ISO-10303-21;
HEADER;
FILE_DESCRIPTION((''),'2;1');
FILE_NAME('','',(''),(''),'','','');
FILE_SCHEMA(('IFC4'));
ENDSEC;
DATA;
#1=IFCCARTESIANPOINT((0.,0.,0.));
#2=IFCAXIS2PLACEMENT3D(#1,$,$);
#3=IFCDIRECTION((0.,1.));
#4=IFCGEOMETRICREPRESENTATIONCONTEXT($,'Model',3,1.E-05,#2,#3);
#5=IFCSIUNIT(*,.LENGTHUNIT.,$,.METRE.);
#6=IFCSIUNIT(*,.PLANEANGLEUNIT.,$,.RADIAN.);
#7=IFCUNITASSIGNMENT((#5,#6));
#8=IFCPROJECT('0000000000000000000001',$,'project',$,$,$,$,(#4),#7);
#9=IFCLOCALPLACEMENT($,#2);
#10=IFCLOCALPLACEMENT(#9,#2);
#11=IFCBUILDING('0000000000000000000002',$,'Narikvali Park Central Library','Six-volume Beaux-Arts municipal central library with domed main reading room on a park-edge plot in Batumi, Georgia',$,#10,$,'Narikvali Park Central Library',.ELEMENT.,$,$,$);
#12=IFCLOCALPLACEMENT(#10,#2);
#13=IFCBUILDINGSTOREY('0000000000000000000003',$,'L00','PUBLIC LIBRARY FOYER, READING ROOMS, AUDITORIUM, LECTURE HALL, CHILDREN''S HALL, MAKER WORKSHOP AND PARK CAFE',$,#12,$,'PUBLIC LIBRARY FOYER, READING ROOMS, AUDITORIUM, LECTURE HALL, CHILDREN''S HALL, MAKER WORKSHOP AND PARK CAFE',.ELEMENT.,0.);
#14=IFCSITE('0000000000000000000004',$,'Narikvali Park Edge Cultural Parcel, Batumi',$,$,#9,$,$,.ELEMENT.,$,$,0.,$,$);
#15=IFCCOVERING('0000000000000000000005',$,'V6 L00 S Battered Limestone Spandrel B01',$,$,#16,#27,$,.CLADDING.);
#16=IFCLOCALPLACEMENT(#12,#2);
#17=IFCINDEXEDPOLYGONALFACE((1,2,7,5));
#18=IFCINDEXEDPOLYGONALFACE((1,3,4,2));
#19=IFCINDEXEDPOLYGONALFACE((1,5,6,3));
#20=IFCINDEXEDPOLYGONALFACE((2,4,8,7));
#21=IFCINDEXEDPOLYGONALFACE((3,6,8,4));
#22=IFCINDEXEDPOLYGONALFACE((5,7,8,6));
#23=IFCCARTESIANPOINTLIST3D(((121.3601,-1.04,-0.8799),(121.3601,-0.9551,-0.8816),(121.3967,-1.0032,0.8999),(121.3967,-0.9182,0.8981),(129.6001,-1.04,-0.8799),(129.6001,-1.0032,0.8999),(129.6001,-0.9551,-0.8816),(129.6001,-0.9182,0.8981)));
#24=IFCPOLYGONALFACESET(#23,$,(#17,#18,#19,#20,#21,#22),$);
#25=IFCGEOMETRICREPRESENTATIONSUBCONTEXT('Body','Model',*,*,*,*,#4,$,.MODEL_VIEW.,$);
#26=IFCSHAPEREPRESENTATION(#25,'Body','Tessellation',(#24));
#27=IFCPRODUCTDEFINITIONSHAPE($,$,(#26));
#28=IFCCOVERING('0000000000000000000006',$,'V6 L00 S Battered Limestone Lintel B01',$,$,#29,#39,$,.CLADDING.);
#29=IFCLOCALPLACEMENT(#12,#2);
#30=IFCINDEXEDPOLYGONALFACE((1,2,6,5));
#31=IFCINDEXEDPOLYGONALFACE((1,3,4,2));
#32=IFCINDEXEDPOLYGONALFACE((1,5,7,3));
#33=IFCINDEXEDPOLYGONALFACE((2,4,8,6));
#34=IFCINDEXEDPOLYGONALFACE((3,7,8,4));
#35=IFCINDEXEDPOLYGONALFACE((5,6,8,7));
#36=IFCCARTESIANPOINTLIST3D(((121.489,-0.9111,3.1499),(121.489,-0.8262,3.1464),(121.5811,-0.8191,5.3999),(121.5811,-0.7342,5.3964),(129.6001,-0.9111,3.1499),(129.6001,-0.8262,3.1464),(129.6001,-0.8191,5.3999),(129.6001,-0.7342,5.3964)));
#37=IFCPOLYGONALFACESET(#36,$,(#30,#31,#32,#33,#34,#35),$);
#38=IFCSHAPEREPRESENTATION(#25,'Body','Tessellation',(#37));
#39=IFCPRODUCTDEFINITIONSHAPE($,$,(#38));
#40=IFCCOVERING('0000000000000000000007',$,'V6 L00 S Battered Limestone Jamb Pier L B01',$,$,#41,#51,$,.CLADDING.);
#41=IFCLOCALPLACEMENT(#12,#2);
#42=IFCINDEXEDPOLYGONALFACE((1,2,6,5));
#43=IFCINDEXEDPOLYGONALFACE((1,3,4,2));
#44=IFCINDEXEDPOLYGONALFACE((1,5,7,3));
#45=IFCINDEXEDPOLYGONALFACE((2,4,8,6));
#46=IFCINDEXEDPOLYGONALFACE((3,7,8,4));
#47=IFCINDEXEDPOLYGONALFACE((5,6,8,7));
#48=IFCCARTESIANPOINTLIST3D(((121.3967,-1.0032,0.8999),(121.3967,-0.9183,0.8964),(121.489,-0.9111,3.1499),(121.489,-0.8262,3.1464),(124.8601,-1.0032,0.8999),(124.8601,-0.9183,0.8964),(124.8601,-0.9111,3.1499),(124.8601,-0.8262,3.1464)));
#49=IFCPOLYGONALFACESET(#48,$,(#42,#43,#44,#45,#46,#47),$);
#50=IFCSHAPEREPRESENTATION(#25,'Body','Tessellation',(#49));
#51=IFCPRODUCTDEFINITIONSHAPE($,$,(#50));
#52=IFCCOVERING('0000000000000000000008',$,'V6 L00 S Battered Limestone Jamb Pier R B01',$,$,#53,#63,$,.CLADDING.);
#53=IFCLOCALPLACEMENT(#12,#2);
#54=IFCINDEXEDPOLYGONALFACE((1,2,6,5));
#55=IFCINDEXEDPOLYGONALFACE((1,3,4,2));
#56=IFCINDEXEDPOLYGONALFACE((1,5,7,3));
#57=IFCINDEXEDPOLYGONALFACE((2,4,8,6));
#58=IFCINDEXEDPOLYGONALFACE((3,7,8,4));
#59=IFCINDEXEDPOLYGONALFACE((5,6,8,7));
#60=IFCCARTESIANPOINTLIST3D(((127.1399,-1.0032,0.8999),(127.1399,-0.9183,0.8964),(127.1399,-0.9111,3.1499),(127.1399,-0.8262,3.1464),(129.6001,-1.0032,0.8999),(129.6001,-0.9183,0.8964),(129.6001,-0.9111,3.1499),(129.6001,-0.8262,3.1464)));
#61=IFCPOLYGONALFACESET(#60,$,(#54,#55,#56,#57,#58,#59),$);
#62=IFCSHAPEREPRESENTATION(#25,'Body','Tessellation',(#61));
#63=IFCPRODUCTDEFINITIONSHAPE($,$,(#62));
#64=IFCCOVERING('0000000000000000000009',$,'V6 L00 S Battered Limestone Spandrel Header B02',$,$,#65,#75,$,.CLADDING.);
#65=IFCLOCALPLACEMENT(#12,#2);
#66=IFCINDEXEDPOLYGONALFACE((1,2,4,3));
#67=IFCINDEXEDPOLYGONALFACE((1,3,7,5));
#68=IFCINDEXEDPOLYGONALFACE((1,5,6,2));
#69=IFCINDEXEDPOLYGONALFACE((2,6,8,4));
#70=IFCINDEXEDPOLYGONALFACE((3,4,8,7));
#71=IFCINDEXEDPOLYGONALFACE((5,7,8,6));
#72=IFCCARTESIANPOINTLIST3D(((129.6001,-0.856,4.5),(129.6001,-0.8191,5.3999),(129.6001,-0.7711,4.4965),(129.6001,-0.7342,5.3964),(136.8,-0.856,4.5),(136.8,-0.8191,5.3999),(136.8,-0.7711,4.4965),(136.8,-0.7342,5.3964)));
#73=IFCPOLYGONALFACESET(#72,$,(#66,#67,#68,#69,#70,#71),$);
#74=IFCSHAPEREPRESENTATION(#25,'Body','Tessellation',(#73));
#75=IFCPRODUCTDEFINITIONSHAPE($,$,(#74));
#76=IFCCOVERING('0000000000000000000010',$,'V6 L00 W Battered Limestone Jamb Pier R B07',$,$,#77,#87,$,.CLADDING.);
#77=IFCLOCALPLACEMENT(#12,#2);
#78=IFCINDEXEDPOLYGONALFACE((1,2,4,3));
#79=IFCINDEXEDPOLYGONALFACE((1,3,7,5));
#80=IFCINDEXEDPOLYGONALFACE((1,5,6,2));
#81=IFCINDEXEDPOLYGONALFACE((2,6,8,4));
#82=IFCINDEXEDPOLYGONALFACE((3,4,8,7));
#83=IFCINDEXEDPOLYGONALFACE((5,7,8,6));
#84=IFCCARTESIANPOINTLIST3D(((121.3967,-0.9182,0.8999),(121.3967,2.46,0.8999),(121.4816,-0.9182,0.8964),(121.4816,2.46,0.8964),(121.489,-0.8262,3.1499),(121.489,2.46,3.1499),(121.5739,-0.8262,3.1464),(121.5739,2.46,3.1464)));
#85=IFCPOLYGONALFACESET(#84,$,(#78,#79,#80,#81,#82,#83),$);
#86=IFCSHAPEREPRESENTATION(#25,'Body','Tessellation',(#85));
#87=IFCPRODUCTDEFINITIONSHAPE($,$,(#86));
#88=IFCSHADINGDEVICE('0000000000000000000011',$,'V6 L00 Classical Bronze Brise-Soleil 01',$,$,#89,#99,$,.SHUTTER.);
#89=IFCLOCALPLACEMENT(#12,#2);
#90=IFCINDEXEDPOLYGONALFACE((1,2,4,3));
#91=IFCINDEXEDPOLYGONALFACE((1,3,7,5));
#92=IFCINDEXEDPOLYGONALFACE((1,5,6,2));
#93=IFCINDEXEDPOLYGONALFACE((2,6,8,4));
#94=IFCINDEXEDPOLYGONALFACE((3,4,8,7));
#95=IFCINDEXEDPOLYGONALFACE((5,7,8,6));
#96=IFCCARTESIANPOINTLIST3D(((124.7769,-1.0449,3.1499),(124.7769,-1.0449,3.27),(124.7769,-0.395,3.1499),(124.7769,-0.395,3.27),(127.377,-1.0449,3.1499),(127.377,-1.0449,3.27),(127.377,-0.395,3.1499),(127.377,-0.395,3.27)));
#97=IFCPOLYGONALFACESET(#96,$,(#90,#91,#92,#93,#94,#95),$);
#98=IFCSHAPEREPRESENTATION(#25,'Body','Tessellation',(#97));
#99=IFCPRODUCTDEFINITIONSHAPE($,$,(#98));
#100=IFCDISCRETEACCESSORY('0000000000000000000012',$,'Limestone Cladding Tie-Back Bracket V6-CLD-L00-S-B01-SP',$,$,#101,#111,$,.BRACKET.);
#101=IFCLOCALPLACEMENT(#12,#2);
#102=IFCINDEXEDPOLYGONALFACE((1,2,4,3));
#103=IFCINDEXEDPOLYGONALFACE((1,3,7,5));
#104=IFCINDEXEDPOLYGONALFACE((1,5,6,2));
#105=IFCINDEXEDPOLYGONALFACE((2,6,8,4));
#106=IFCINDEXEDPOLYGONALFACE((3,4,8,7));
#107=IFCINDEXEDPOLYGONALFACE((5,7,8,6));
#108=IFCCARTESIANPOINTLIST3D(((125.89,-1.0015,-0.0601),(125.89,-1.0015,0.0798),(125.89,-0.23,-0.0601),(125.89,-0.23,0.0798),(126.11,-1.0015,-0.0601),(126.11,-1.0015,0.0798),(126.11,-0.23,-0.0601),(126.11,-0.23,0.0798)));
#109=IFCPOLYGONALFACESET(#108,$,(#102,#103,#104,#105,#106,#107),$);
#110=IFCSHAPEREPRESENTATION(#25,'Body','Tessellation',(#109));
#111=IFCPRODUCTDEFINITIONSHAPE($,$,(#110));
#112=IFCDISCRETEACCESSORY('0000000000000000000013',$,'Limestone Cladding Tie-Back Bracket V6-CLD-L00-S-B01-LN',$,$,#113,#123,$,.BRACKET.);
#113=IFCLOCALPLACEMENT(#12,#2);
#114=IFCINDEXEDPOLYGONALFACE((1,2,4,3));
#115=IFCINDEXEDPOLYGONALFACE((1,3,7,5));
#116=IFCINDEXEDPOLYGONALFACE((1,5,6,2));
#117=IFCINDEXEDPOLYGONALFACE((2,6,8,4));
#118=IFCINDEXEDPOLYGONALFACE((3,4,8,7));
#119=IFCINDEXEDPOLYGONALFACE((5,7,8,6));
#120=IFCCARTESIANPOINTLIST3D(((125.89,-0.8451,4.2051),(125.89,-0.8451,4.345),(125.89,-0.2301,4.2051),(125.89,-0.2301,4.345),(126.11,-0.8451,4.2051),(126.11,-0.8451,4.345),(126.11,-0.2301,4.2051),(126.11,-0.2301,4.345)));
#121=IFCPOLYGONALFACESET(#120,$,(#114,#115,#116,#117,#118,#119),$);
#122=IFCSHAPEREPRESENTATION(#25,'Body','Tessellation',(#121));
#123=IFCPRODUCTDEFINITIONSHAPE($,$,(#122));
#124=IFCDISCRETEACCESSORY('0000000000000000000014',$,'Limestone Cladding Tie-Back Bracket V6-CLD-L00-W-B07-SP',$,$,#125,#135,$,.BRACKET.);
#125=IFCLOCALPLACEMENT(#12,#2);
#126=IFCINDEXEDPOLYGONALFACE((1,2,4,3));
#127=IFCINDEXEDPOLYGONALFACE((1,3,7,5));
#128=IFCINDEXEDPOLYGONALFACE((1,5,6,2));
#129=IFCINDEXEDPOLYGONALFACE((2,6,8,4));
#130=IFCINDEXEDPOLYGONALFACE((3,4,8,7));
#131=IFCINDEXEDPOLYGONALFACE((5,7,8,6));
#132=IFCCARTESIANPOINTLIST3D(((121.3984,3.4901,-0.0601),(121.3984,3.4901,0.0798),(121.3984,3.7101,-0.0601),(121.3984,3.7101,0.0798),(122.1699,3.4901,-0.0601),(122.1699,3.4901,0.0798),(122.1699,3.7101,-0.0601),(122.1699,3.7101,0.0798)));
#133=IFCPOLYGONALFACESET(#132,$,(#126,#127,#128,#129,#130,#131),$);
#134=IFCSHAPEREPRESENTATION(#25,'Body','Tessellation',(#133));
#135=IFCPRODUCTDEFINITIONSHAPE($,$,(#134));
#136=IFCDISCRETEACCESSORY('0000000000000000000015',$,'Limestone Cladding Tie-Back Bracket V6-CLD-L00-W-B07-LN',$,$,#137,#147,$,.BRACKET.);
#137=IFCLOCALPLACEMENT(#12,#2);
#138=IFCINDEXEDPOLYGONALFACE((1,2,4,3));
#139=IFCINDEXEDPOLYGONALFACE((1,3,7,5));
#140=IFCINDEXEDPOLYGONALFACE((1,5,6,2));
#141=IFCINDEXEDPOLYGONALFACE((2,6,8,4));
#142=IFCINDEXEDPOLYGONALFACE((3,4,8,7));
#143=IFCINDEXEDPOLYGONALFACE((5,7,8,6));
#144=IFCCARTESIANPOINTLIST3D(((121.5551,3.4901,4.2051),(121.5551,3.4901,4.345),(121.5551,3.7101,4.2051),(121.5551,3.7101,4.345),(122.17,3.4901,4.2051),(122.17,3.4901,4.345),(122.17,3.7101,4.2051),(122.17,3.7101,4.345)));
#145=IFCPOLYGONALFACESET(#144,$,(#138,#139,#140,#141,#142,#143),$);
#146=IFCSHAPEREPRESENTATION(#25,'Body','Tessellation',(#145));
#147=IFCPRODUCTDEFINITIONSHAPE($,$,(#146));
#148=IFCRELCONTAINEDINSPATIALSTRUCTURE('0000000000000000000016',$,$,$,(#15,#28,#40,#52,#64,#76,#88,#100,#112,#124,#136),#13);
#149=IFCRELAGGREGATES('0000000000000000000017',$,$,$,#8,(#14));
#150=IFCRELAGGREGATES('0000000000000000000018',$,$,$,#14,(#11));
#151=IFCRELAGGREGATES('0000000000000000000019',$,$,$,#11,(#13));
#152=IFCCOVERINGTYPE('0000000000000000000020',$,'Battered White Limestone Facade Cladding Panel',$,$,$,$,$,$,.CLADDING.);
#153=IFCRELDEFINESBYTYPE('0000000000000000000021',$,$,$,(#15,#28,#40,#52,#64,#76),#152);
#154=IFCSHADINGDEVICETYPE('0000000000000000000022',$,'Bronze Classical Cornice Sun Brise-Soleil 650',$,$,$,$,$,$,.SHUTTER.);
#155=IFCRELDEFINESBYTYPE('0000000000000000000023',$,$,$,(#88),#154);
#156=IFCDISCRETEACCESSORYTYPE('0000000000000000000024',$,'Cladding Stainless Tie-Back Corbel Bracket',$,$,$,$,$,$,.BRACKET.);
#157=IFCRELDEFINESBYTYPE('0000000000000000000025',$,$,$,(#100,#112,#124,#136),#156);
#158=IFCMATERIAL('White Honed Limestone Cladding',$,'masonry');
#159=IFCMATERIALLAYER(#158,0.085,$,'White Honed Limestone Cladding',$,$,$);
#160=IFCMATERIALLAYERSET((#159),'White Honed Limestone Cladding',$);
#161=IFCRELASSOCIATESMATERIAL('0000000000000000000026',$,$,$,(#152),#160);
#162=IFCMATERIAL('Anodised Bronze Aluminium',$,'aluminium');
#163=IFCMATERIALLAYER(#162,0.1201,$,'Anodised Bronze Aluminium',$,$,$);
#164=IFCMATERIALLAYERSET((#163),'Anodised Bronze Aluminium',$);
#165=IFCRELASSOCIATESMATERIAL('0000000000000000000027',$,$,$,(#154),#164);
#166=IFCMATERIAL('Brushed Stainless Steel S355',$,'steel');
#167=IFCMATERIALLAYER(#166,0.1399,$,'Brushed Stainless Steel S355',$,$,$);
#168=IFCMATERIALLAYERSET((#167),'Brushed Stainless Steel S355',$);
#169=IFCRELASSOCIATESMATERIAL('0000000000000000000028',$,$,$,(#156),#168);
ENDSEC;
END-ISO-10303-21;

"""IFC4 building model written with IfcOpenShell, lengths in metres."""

from ifc_helpers import new_model, si_unit, direction, frame, origin, origin_2d, place, context, subcontext, project, spatial, polyline, rectangle, outline, extrude, material, layer, layer_set, type_object, element, save


model = new_model("IFC4")

# Units and contexts
model_context = context("Model", 3, precision=1e-05, world=origin(), true_north=direction((0.0, 1.0)))
body_context = subcontext(model_context, "Body", "Model", "MODEL_VIEW")
ifc_project = project(units=[si_unit("LENGTHUNIT", "METRE"), si_unit("PLANEANGLEUNIT", "RADIAN")], contexts=[model_context])

# Site, building, storey
site_placement = place(None, origin())
site = spatial("IfcSite", under=ifc_project, at=site_placement, Name="Narikvali Park Edge Cultural Parcel, Batumi", CompositionType="ELEMENT", RefElevation=0.0)
building_placement = place(site_placement, origin())
building = spatial("IfcBuilding", under=site, at=building_placement, Name="Narikvali Park Central Library", Description="Six-volume Beaux-Arts municipal central library with domed main reading room on a park-edge plot in Batumi, Georgia", LongName="Narikvali Park Central Library", CompositionType="ELEMENT")
storey_placement = place(building_placement, origin())
storey = spatial("IfcBuildingStorey", under=building, at=storey_placement, Name="L00", Description="PUBLIC LIBRARY FOYER, READING ROOMS, AUDITORIUM, LECTURE HALL, CHILDREN'S HALL, MAKER WORKSHOP AND PARK CAFE", LongName="PUBLIC LIBRARY FOYER, READING ROOMS, AUDITORIUM, LECTURE HALL, CHILDREN'S HALL, MAKER WORKSHOP AND PARK CAFE", CompositionType="ELEMENT", Elevation=0.0)

# Shared definitions
ifc_material_1 = material(Name="Anodised Bronze Aluminium", Category="aluminium")

# Coverings
ifc_material_2 = material(Name="White Honed Limestone Cladding", Category="masonry")
ifc_layer_1 = layer(ifc_material_2, 0.085, Name="White Honed Limestone Cladding")
ifc_layer_set_1 = layer_set([ifc_layer_1], Name="White Honed Limestone Cladding")
covering_type = type_object("IfcCoveringType", Name="Battered White Limestone Facade Cladding Panel", PredefinedType="CLADDING", material=ifc_layer_set_1)
covering_1_placement = place(storey_placement, frame((121.3601, -1.04, -0.8799), z_axis=(0.0, -0.999786, 0.020709), x_axis=(1.0, 0.0, 0.0)))
element("IfcCovering", 1, at=covering_1_placement, inside=storey, type_object=covering_type, Name="V6 L00 S Battered Limestone Spandrel B01", PredefinedType="CLADDING", context=body_context, shape_type="SweptSolid", body=[
    extrude(outline(polyline([(0.0, 0.0), (8.24, 0.0), (8.24, 1.7802), (0.0366, 1.7802), (0.0, 0.0)])), origin(), (0.0, 0.0, -1.0), 0.085),
])
covering_2_placement = place(storey_placement, frame((121.489, -0.9111, 3.1499), z_axis=(0.0, -0.999164, 0.040873), x_axis=(1.0, 0.0, 0.0)))
element("IfcCovering", 2, at=covering_2_placement, inside=storey, type_object=covering_type, Name="V6 L00 S Battered Limestone Lintel B01", PredefinedType="CLADDING", context=body_context, shape_type="SweptSolid", body=[
    extrude(outline(polyline([(0.0, 0.0), (8.1111, 0.0), (8.1111, 2.2519), (0.092, 2.2519), (0.0, 0.0)])), origin(), (0.0, 0.0, -1.0), 0.085),
])
covering_3_placement = place(storey_placement, frame((121.3967, -1.0032, 0.8999), z_axis=(0.0, -0.999164, 0.040873), x_axis=(1.0, 0.0, 0.0)))
element("IfcCovering", 3, at=covering_3_placement, inside=storey, type_object=covering_type, Name="V6 L00 S Battered Limestone Jamb Pier L B01", PredefinedType="CLADDING", context=body_context, shape_type="SweptSolid", body=[
    extrude(outline(polyline([(0.0, 0.0), (3.4634, 0.0), (3.4634, 2.2519), (0.0923, 2.2519), (0.0, 0.0)])), origin(), (0.0, 0.0, -1.0), 0.085),
])
covering_4_placement = place(storey_placement, frame((127.1399, -1.0032, 0.8999), z_axis=(0.0, -0.999164, 0.040873), x_axis=(1.0, 0.0, 0.0)))
element("IfcCovering", 4, at=covering_4_placement, inside=storey, type_object=covering_type, Name="V6 L00 S Battered Limestone Jamb Pier R B01", PredefinedType="CLADDING", context=body_context, shape_type="SweptSolid", body=[
    extrude(outline(polyline([(0.0, 0.0), (2.4602, 0.0), (2.4602, 2.2519), (0.0, 2.2519), (0.0, 0.0)])), origin(), (0.0, 0.0, -1.0), 0.085),
])
covering_5_placement = place(storey_placement, frame((129.6001, -0.856, 4.5), z_axis=(0.0, -0.999162, 0.040931), x_axis=(1.0, 0.0, 0.0)))
element("IfcCovering", 5, at=covering_5_placement, inside=storey, type_object=covering_type, Name="V6 L00 S Battered Limestone Spandrel Header B02", PredefinedType="CLADDING", context=body_context, shape_type="SweptSolid", body=[
    extrude(outline(polyline([(0.0, 0.0), (7.2, 0.0), (7.2, 0.9007), (0.0, 0.9007), (0.0, 0.0)])), origin(), (0.0, 0.0, -1.0), 0.085),
])
covering_6_placement = place(storey_placement, frame((121.3967, 2.46, 0.8999), z_axis=(-0.99916, 0.0, 0.040981), x_axis=(0.0, -1.0, 0.0)))
element("IfcCovering", 6, at=covering_6_placement, inside=storey, type_object=covering_type, Name="V6 L00 W Battered Limestone Jamb Pier R B07", PredefinedType="CLADDING", context=body_context, shape_type="SweptSolid", body=[
    extrude(outline(polyline([(0.0, 0.0), (3.3782, 0.0), (3.2861, 2.2519), (0.0, 2.2519), (0.0, 0.0)])), origin(), (0.0, 0.0, -1.0), 0.085),
])

# Shading device
ifc_layer_2 = layer(ifc_material_1, 0.1201, Name="Anodised Bronze Aluminium")
ifc_layer_set_2 = layer_set([ifc_layer_2], Name="Anodised Bronze Aluminium")
shading_device_type = type_object("IfcShadingDeviceType", Name="Bronze Classical Cornice Sun Brise-Soleil 650", PredefinedType="SHUTTER", material=ifc_layer_set_2)
shading_device_placement = place(storey_placement, frame((126.0769, -0.72, 3.1499), z_axis=(0.0, 0.0, 1.0), x_axis=(1.0, 0.0, 0.0)))
element("IfcShadingDevice", 7, at=shading_device_placement, inside=storey, type_object=shading_device_type, Name="V6 L00 Classical Bronze Brise-Soleil 01", PredefinedType="SHUTTER", context=body_context, shape_type="SweptSolid", body=[
    extrude(rectangle(XDim=2.6001, YDim=0.6499, at=origin_2d()), origin(), (0.0, 0.0, 1.0), 0.1201),
])

# Discrete accessories
ifc_material_3 = material(Name="Brushed Stainless Steel S355", Category="steel")
ifc_layer_3 = layer(ifc_material_3, 0.1399, Name="Brushed Stainless Steel S355")
ifc_layer_set_3 = layer_set([ifc_layer_3], Name="Brushed Stainless Steel S355")
discrete_accessory_type = type_object("IfcDiscreteAccessoryType", Name="Cladding Stainless Tie-Back Corbel Bracket", PredefinedType="BRACKET", material=ifc_layer_set_3)
discrete_accessory_1_placement = place(storey_placement, frame((126.0, -0.6157, -0.0601), z_axis=(0.0, 0.0, 1.0), x_axis=(1.0, 0.0, 0.0)))
element("IfcDiscreteAccessory", 8, at=discrete_accessory_1_placement, inside=storey, type_object=discrete_accessory_type, Name="Limestone Cladding Tie-Back Bracket V6-CLD-L00-S-B01-SP", PredefinedType="BRACKET", context=body_context, shape_type="SweptSolid", body=[
    extrude(rectangle(XDim=0.22, YDim=0.7715, at=origin_2d()), origin(), (0.0, 0.0, 1.0), 0.1399),
])
discrete_accessory_2_placement = place(storey_placement, frame((126.0, -0.5376, 4.2051), z_axis=(0.0, 0.0, 1.0), x_axis=(1.0, 0.0, 0.0)))
element("IfcDiscreteAccessory", 9, at=discrete_accessory_2_placement, inside=storey, type_object=discrete_accessory_type, Name="Limestone Cladding Tie-Back Bracket V6-CLD-L00-S-B01-LN", PredefinedType="BRACKET", context=body_context, shape_type="SweptSolid", body=[
    extrude(rectangle(XDim=0.22, YDim=0.615, at=origin_2d()), origin(), (0.0, 0.0, 1.0), 0.1399),
])
discrete_accessory_3_placement = place(storey_placement, frame((121.7842, 3.6001, -0.0601), z_axis=(0.0, 0.0, 1.0), x_axis=(1.0, 0.0, 0.0)))
element("IfcDiscreteAccessory", 10, at=discrete_accessory_3_placement, inside=storey, type_object=discrete_accessory_type, Name="Limestone Cladding Tie-Back Bracket V6-CLD-L00-W-B07-SP", PredefinedType="BRACKET", context=body_context, shape_type="SweptSolid", body=[
    extrude(rectangle(XDim=0.7715, YDim=0.22, at=origin_2d()), origin(), (0.0, 0.0, 1.0), 0.1399),
])
discrete_accessory_4_placement = place(storey_placement, frame((121.8625, 3.6001, 4.2051), z_axis=(0.0, 0.0, 1.0), x_axis=(1.0, 0.0, 0.0)))
element("IfcDiscreteAccessory", 11, at=discrete_accessory_4_placement, inside=storey, type_object=discrete_accessory_type, Name="Limestone Cladding Tie-Back Bracket V6-CLD-L00-W-B07-LN", PredefinedType="BRACKET", context=body_context, shape_type="SweptSolid", body=[
    extrude(rectangle(XDim=0.615, YDim=0.22, at=origin_2d()), origin(), (0.0, 0.0, 1.0), 0.1399),
])

save(model, "model.ifc")
